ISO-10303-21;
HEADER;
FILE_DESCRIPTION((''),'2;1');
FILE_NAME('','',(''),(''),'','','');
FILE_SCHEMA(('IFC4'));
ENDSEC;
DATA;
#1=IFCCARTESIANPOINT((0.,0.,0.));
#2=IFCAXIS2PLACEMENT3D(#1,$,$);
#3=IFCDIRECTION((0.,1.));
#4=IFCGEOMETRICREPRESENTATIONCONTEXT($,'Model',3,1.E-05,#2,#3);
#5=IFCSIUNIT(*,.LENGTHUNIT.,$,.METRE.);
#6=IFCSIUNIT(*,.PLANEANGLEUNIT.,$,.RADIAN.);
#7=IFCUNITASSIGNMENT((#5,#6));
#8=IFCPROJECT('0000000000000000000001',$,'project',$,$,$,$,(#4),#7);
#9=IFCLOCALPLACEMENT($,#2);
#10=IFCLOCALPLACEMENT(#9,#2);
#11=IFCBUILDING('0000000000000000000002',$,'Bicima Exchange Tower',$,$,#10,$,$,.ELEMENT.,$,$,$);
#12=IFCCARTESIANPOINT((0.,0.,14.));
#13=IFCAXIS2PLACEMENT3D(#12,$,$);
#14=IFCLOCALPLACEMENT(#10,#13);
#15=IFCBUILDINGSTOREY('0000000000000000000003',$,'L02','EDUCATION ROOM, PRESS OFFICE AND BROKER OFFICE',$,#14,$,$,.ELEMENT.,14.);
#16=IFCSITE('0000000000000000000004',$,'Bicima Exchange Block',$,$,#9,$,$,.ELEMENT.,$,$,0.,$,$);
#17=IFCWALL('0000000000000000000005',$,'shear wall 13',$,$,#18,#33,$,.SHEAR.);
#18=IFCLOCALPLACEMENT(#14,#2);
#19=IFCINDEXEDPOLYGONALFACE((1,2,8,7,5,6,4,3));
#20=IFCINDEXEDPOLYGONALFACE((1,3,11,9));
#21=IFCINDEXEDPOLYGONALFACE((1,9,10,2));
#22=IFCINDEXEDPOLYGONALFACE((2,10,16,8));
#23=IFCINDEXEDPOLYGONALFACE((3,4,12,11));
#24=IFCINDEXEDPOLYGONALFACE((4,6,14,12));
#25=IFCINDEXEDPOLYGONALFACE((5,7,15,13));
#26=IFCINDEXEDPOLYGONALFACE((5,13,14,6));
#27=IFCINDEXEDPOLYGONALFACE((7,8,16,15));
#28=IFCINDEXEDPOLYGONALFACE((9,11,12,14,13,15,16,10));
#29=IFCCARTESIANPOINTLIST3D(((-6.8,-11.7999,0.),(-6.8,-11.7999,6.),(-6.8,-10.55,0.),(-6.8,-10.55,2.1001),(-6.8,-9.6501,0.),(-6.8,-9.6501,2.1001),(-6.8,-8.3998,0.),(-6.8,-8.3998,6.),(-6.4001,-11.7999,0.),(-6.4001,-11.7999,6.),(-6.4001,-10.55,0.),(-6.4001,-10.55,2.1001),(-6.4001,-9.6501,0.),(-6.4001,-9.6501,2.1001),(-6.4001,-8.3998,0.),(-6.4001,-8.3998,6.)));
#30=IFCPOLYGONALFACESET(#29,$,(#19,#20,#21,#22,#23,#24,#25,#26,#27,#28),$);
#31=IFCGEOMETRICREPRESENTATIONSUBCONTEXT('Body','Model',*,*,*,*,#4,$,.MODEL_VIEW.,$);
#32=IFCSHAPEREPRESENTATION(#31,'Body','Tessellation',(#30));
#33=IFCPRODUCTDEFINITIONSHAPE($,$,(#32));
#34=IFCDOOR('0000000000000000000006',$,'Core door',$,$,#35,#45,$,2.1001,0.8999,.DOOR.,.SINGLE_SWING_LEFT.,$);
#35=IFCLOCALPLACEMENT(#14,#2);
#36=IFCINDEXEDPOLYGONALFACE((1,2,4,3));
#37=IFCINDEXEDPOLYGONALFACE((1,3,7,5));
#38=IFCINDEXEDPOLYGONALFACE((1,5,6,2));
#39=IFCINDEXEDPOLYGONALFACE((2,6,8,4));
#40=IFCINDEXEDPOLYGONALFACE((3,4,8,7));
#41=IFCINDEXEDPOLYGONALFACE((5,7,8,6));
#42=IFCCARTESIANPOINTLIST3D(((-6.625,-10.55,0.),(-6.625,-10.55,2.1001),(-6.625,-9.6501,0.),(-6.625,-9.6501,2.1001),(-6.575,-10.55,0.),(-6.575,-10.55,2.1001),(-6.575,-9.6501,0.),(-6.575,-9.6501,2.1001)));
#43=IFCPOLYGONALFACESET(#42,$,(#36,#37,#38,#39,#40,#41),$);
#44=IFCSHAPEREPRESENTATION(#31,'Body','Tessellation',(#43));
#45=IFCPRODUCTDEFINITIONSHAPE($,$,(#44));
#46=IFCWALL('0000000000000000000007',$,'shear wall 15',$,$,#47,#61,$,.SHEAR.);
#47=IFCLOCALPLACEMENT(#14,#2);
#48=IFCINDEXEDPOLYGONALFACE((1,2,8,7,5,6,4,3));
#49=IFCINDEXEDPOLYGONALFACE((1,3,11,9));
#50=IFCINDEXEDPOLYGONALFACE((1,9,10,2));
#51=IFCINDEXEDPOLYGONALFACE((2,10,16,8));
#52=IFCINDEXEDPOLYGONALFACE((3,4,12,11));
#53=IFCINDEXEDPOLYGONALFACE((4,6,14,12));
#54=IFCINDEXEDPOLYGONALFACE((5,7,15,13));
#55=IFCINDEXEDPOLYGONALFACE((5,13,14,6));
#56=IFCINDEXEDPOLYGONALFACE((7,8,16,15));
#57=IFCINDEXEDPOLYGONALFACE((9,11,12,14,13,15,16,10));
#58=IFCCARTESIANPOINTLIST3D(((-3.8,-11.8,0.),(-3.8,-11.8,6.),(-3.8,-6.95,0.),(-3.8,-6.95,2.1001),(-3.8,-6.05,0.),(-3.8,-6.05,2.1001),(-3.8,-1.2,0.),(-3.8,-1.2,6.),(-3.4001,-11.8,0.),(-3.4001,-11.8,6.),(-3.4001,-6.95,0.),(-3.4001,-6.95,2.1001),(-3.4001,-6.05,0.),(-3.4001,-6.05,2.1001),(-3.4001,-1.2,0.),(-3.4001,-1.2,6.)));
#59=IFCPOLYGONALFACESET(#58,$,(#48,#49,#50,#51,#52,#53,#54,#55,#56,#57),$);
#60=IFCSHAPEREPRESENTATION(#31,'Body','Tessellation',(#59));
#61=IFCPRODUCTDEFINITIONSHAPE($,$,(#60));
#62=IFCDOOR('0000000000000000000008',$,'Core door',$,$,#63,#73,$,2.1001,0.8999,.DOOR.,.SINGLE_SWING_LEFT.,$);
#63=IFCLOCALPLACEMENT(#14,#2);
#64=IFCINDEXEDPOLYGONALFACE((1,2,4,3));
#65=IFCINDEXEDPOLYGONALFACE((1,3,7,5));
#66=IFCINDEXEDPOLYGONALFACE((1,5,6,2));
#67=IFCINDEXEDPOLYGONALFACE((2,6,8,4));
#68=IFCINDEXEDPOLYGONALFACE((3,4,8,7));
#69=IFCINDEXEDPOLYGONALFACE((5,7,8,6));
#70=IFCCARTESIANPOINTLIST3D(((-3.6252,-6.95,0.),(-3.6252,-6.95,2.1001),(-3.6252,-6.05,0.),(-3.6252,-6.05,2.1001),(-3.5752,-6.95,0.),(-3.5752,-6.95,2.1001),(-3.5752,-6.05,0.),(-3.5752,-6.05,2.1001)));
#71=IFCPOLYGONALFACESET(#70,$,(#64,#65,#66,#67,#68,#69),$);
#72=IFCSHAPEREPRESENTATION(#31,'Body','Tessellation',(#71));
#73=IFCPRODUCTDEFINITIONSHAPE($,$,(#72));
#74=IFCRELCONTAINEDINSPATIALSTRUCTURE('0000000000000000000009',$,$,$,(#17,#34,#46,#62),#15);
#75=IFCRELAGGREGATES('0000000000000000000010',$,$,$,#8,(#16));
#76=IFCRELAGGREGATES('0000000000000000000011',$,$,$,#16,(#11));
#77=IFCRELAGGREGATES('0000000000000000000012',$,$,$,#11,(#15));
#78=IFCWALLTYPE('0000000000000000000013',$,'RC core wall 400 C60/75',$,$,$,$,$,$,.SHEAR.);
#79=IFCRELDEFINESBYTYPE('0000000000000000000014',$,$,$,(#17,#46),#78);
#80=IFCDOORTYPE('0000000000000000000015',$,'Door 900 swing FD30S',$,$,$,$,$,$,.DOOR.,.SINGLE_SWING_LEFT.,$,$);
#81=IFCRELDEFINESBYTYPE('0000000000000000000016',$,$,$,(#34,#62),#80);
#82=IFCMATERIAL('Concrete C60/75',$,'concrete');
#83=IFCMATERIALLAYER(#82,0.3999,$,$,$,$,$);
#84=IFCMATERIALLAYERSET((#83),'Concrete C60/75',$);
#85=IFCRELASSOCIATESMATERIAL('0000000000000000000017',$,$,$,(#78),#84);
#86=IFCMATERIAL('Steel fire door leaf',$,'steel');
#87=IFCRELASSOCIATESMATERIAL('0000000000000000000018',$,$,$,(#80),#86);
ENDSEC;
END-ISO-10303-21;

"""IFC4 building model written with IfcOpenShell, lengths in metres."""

from ifc_helpers import new_model, si_unit, direction, frame, frame_2d, origin, place, context, subcontext, project, spatial, rectangle, extrude, material, layer, layer_set, type_object, element, fill, save


model = new_model("IFC4")

# Units and contexts
model_context = context("Model", 3, precision=1e-05, world=origin(), true_north=direction((0.0, 1.0)))
body_context = subcontext(model_context, "Body", "Model", "MODEL_VIEW")
ifc_project = project(units=[si_unit("LENGTHUNIT", "METRE"), si_unit("PLANEANGLEUNIT", "RADIAN")], contexts=[model_context])

# Site, building, storey
site_placement = place(None, origin())
site = spatial("IfcSite", under=ifc_project, at=site_placement, Name="Bicima Exchange Block", CompositionType="ELEMENT", RefElevation=0.0)
building_placement = place(site_placement, origin())
building = spatial("IfcBuilding", under=site, at=building_placement, Name="Bicima Exchange Tower", CompositionType="ELEMENT")
storey_placement = place(building_placement, frame((0.0, 0.0, 14.0)))
storey = spatial("IfcBuildingStorey", under=building, at=storey_placement, Name="L02", Description="EDUCATION ROOM, PRESS OFFICE AND BROKER OFFICE", CompositionType="ELEMENT", Elevation=14.0)

# Shared definitions
ifc_material_1 = material(Name="Concrete C60/75", Category="concrete")

# Shared definitions
ifc_material_2 = material(Name="Steel fire door leaf", Category="steel")

# Shared definitions
ifc_layer_1 = layer(ifc_material_1, 0.3999)
ifc_layer_set_1 = layer_set([ifc_layer_1], Name="Concrete C60/75")
wall_type_1 = type_object("IfcWallType", Name="RC core wall 400 C60/75", PredefinedType="SHEAR", material=ifc_layer_set_1)

# Walls, openings, doors
wall_1_placement = place(storey_placement, frame((-6.6001, -11.8, 0.0), z_axis=(0.0, 0.0, 1.0), x_axis=(0.0, 1.0, 0.0)))
wall_1 = element("IfcWall", 1, at=wall_1_placement, inside=storey, type_object=wall_type_1, Name="shear wall 13", PredefinedType="SHEAR", context=body_context, shape_type="SweptSolid", body=[
    extrude(rectangle(XDim=3.4001, YDim=0.3999, at=frame_2d((1.7002, 0.0))), origin(), (0.0, 0.0, 1.0), 6.0),
])
opening_1_placement = place(wall_1_placement, frame((1.25, 0.0, 0.0)))
opening_1 = element("IfcOpeningElement", 2, at=opening_1_placement, cuts=wall_1, PredefinedType="OPENING", context=body_context, shape_type="SweptSolid", body=[
    extrude(rectangle(XDim=0.8999, YDim=2.1001, at=frame_2d((0.45, 1.05))), frame((0.0, 0.2119, 0.0), z_axis=(0.0, -1.0, 0.0), x_axis=(1.0, 0.0, 0.0)), (0.0, 0.0, 1.0), 0.4238),
])
door_type_1 = type_object("IfcDoorType", Name="Door 900 swing FD30S", OperationType="SINGLE_SWING_LEFT", PredefinedType="DOOR", material=ifc_material_2)
door_1_placement = place(opening_1_placement, origin())
door_1 = element("IfcDoor", 3, at=door_1_placement, inside=storey, type_object=door_type_1, Name="Core door", OperationType="SINGLE_SWING_LEFT", OverallHeight=2.1001, OverallWidth=0.8999, PredefinedType="DOOR", context=body_context, shape_type="SweptSolid", body=[
    extrude(rectangle(XDim=0.8999, YDim=2.1001, at=frame_2d((0.45, 1.05))), frame((0.0, 0.0249, 0.0), z_axis=(0.0, -1.0, 0.0), x_axis=(1.0, 0.0, 0.0)), (0.0, 0.0, 1.0), 0.05),
])
fill(opening_1, door_1)
wall_2_placement = place(storey_placement, frame((-3.6001, -11.8, 0.0), z_axis=(0.0, 0.0, 1.0), x_axis=(0.0, 1.0, 0.0)))
wall_2 = element("IfcWall", 4, at=wall_2_placement, inside=storey, type_object=wall_type_1, Name="shear wall 15", PredefinedType="SHEAR", context=body_context, shape_type="SweptSolid", body=[
    extrude(rectangle(XDim=10.6001, YDim=0.3999, at=frame_2d((5.3, 0.0))), origin(), (0.0, 0.0, 1.0), 6.0),
])
opening_2_placement = place(wall_2_placement, frame((4.8501, 0.0, 0.0)))
opening_2 = element("IfcOpeningElement", 5, at=opening_2_placement, cuts=wall_2, PredefinedType="OPENING", context=body_context, shape_type="SweptSolid", body=[
    extrude(rectangle(XDim=0.8999, YDim=2.1001, at=frame_2d((0.45, 1.05))), frame((0.0, 0.2119, 0.0), z_axis=(0.0, -1.0, 0.0), x_axis=(1.0, 0.0, 0.0)), (0.0, 0.0, 1.0), 0.4238),
])
door_2_placement = place(opening_2_placement, frame((0.8999, 0.0, 0.0), z_axis=(0.0, 0.0, 1.0), x_axis=(-1.0, 0.0, 0.0)))
door_2 = element("IfcDoor", 6, at=door_2_placement, inside=storey, type_object=door_type_1, Name="Core door", OperationType="SINGLE_SWING_LEFT", OverallHeight=2.1001, OverallWidth=0.8999, PredefinedType="DOOR", context=body_context, shape_type="SweptSolid", body=[
    extrude(rectangle(XDim=0.8999, YDim=2.1001, at=frame_2d((0.45, 1.05))), frame((0.0, 0.0249, 0.0), z_axis=(0.0, -1.0, 0.0), x_axis=(1.0, 0.0, 0.0)), (0.0, 0.0, 1.0), 0.05),
])
fill(opening_2, door_2)

save(model, "model.ifc")
